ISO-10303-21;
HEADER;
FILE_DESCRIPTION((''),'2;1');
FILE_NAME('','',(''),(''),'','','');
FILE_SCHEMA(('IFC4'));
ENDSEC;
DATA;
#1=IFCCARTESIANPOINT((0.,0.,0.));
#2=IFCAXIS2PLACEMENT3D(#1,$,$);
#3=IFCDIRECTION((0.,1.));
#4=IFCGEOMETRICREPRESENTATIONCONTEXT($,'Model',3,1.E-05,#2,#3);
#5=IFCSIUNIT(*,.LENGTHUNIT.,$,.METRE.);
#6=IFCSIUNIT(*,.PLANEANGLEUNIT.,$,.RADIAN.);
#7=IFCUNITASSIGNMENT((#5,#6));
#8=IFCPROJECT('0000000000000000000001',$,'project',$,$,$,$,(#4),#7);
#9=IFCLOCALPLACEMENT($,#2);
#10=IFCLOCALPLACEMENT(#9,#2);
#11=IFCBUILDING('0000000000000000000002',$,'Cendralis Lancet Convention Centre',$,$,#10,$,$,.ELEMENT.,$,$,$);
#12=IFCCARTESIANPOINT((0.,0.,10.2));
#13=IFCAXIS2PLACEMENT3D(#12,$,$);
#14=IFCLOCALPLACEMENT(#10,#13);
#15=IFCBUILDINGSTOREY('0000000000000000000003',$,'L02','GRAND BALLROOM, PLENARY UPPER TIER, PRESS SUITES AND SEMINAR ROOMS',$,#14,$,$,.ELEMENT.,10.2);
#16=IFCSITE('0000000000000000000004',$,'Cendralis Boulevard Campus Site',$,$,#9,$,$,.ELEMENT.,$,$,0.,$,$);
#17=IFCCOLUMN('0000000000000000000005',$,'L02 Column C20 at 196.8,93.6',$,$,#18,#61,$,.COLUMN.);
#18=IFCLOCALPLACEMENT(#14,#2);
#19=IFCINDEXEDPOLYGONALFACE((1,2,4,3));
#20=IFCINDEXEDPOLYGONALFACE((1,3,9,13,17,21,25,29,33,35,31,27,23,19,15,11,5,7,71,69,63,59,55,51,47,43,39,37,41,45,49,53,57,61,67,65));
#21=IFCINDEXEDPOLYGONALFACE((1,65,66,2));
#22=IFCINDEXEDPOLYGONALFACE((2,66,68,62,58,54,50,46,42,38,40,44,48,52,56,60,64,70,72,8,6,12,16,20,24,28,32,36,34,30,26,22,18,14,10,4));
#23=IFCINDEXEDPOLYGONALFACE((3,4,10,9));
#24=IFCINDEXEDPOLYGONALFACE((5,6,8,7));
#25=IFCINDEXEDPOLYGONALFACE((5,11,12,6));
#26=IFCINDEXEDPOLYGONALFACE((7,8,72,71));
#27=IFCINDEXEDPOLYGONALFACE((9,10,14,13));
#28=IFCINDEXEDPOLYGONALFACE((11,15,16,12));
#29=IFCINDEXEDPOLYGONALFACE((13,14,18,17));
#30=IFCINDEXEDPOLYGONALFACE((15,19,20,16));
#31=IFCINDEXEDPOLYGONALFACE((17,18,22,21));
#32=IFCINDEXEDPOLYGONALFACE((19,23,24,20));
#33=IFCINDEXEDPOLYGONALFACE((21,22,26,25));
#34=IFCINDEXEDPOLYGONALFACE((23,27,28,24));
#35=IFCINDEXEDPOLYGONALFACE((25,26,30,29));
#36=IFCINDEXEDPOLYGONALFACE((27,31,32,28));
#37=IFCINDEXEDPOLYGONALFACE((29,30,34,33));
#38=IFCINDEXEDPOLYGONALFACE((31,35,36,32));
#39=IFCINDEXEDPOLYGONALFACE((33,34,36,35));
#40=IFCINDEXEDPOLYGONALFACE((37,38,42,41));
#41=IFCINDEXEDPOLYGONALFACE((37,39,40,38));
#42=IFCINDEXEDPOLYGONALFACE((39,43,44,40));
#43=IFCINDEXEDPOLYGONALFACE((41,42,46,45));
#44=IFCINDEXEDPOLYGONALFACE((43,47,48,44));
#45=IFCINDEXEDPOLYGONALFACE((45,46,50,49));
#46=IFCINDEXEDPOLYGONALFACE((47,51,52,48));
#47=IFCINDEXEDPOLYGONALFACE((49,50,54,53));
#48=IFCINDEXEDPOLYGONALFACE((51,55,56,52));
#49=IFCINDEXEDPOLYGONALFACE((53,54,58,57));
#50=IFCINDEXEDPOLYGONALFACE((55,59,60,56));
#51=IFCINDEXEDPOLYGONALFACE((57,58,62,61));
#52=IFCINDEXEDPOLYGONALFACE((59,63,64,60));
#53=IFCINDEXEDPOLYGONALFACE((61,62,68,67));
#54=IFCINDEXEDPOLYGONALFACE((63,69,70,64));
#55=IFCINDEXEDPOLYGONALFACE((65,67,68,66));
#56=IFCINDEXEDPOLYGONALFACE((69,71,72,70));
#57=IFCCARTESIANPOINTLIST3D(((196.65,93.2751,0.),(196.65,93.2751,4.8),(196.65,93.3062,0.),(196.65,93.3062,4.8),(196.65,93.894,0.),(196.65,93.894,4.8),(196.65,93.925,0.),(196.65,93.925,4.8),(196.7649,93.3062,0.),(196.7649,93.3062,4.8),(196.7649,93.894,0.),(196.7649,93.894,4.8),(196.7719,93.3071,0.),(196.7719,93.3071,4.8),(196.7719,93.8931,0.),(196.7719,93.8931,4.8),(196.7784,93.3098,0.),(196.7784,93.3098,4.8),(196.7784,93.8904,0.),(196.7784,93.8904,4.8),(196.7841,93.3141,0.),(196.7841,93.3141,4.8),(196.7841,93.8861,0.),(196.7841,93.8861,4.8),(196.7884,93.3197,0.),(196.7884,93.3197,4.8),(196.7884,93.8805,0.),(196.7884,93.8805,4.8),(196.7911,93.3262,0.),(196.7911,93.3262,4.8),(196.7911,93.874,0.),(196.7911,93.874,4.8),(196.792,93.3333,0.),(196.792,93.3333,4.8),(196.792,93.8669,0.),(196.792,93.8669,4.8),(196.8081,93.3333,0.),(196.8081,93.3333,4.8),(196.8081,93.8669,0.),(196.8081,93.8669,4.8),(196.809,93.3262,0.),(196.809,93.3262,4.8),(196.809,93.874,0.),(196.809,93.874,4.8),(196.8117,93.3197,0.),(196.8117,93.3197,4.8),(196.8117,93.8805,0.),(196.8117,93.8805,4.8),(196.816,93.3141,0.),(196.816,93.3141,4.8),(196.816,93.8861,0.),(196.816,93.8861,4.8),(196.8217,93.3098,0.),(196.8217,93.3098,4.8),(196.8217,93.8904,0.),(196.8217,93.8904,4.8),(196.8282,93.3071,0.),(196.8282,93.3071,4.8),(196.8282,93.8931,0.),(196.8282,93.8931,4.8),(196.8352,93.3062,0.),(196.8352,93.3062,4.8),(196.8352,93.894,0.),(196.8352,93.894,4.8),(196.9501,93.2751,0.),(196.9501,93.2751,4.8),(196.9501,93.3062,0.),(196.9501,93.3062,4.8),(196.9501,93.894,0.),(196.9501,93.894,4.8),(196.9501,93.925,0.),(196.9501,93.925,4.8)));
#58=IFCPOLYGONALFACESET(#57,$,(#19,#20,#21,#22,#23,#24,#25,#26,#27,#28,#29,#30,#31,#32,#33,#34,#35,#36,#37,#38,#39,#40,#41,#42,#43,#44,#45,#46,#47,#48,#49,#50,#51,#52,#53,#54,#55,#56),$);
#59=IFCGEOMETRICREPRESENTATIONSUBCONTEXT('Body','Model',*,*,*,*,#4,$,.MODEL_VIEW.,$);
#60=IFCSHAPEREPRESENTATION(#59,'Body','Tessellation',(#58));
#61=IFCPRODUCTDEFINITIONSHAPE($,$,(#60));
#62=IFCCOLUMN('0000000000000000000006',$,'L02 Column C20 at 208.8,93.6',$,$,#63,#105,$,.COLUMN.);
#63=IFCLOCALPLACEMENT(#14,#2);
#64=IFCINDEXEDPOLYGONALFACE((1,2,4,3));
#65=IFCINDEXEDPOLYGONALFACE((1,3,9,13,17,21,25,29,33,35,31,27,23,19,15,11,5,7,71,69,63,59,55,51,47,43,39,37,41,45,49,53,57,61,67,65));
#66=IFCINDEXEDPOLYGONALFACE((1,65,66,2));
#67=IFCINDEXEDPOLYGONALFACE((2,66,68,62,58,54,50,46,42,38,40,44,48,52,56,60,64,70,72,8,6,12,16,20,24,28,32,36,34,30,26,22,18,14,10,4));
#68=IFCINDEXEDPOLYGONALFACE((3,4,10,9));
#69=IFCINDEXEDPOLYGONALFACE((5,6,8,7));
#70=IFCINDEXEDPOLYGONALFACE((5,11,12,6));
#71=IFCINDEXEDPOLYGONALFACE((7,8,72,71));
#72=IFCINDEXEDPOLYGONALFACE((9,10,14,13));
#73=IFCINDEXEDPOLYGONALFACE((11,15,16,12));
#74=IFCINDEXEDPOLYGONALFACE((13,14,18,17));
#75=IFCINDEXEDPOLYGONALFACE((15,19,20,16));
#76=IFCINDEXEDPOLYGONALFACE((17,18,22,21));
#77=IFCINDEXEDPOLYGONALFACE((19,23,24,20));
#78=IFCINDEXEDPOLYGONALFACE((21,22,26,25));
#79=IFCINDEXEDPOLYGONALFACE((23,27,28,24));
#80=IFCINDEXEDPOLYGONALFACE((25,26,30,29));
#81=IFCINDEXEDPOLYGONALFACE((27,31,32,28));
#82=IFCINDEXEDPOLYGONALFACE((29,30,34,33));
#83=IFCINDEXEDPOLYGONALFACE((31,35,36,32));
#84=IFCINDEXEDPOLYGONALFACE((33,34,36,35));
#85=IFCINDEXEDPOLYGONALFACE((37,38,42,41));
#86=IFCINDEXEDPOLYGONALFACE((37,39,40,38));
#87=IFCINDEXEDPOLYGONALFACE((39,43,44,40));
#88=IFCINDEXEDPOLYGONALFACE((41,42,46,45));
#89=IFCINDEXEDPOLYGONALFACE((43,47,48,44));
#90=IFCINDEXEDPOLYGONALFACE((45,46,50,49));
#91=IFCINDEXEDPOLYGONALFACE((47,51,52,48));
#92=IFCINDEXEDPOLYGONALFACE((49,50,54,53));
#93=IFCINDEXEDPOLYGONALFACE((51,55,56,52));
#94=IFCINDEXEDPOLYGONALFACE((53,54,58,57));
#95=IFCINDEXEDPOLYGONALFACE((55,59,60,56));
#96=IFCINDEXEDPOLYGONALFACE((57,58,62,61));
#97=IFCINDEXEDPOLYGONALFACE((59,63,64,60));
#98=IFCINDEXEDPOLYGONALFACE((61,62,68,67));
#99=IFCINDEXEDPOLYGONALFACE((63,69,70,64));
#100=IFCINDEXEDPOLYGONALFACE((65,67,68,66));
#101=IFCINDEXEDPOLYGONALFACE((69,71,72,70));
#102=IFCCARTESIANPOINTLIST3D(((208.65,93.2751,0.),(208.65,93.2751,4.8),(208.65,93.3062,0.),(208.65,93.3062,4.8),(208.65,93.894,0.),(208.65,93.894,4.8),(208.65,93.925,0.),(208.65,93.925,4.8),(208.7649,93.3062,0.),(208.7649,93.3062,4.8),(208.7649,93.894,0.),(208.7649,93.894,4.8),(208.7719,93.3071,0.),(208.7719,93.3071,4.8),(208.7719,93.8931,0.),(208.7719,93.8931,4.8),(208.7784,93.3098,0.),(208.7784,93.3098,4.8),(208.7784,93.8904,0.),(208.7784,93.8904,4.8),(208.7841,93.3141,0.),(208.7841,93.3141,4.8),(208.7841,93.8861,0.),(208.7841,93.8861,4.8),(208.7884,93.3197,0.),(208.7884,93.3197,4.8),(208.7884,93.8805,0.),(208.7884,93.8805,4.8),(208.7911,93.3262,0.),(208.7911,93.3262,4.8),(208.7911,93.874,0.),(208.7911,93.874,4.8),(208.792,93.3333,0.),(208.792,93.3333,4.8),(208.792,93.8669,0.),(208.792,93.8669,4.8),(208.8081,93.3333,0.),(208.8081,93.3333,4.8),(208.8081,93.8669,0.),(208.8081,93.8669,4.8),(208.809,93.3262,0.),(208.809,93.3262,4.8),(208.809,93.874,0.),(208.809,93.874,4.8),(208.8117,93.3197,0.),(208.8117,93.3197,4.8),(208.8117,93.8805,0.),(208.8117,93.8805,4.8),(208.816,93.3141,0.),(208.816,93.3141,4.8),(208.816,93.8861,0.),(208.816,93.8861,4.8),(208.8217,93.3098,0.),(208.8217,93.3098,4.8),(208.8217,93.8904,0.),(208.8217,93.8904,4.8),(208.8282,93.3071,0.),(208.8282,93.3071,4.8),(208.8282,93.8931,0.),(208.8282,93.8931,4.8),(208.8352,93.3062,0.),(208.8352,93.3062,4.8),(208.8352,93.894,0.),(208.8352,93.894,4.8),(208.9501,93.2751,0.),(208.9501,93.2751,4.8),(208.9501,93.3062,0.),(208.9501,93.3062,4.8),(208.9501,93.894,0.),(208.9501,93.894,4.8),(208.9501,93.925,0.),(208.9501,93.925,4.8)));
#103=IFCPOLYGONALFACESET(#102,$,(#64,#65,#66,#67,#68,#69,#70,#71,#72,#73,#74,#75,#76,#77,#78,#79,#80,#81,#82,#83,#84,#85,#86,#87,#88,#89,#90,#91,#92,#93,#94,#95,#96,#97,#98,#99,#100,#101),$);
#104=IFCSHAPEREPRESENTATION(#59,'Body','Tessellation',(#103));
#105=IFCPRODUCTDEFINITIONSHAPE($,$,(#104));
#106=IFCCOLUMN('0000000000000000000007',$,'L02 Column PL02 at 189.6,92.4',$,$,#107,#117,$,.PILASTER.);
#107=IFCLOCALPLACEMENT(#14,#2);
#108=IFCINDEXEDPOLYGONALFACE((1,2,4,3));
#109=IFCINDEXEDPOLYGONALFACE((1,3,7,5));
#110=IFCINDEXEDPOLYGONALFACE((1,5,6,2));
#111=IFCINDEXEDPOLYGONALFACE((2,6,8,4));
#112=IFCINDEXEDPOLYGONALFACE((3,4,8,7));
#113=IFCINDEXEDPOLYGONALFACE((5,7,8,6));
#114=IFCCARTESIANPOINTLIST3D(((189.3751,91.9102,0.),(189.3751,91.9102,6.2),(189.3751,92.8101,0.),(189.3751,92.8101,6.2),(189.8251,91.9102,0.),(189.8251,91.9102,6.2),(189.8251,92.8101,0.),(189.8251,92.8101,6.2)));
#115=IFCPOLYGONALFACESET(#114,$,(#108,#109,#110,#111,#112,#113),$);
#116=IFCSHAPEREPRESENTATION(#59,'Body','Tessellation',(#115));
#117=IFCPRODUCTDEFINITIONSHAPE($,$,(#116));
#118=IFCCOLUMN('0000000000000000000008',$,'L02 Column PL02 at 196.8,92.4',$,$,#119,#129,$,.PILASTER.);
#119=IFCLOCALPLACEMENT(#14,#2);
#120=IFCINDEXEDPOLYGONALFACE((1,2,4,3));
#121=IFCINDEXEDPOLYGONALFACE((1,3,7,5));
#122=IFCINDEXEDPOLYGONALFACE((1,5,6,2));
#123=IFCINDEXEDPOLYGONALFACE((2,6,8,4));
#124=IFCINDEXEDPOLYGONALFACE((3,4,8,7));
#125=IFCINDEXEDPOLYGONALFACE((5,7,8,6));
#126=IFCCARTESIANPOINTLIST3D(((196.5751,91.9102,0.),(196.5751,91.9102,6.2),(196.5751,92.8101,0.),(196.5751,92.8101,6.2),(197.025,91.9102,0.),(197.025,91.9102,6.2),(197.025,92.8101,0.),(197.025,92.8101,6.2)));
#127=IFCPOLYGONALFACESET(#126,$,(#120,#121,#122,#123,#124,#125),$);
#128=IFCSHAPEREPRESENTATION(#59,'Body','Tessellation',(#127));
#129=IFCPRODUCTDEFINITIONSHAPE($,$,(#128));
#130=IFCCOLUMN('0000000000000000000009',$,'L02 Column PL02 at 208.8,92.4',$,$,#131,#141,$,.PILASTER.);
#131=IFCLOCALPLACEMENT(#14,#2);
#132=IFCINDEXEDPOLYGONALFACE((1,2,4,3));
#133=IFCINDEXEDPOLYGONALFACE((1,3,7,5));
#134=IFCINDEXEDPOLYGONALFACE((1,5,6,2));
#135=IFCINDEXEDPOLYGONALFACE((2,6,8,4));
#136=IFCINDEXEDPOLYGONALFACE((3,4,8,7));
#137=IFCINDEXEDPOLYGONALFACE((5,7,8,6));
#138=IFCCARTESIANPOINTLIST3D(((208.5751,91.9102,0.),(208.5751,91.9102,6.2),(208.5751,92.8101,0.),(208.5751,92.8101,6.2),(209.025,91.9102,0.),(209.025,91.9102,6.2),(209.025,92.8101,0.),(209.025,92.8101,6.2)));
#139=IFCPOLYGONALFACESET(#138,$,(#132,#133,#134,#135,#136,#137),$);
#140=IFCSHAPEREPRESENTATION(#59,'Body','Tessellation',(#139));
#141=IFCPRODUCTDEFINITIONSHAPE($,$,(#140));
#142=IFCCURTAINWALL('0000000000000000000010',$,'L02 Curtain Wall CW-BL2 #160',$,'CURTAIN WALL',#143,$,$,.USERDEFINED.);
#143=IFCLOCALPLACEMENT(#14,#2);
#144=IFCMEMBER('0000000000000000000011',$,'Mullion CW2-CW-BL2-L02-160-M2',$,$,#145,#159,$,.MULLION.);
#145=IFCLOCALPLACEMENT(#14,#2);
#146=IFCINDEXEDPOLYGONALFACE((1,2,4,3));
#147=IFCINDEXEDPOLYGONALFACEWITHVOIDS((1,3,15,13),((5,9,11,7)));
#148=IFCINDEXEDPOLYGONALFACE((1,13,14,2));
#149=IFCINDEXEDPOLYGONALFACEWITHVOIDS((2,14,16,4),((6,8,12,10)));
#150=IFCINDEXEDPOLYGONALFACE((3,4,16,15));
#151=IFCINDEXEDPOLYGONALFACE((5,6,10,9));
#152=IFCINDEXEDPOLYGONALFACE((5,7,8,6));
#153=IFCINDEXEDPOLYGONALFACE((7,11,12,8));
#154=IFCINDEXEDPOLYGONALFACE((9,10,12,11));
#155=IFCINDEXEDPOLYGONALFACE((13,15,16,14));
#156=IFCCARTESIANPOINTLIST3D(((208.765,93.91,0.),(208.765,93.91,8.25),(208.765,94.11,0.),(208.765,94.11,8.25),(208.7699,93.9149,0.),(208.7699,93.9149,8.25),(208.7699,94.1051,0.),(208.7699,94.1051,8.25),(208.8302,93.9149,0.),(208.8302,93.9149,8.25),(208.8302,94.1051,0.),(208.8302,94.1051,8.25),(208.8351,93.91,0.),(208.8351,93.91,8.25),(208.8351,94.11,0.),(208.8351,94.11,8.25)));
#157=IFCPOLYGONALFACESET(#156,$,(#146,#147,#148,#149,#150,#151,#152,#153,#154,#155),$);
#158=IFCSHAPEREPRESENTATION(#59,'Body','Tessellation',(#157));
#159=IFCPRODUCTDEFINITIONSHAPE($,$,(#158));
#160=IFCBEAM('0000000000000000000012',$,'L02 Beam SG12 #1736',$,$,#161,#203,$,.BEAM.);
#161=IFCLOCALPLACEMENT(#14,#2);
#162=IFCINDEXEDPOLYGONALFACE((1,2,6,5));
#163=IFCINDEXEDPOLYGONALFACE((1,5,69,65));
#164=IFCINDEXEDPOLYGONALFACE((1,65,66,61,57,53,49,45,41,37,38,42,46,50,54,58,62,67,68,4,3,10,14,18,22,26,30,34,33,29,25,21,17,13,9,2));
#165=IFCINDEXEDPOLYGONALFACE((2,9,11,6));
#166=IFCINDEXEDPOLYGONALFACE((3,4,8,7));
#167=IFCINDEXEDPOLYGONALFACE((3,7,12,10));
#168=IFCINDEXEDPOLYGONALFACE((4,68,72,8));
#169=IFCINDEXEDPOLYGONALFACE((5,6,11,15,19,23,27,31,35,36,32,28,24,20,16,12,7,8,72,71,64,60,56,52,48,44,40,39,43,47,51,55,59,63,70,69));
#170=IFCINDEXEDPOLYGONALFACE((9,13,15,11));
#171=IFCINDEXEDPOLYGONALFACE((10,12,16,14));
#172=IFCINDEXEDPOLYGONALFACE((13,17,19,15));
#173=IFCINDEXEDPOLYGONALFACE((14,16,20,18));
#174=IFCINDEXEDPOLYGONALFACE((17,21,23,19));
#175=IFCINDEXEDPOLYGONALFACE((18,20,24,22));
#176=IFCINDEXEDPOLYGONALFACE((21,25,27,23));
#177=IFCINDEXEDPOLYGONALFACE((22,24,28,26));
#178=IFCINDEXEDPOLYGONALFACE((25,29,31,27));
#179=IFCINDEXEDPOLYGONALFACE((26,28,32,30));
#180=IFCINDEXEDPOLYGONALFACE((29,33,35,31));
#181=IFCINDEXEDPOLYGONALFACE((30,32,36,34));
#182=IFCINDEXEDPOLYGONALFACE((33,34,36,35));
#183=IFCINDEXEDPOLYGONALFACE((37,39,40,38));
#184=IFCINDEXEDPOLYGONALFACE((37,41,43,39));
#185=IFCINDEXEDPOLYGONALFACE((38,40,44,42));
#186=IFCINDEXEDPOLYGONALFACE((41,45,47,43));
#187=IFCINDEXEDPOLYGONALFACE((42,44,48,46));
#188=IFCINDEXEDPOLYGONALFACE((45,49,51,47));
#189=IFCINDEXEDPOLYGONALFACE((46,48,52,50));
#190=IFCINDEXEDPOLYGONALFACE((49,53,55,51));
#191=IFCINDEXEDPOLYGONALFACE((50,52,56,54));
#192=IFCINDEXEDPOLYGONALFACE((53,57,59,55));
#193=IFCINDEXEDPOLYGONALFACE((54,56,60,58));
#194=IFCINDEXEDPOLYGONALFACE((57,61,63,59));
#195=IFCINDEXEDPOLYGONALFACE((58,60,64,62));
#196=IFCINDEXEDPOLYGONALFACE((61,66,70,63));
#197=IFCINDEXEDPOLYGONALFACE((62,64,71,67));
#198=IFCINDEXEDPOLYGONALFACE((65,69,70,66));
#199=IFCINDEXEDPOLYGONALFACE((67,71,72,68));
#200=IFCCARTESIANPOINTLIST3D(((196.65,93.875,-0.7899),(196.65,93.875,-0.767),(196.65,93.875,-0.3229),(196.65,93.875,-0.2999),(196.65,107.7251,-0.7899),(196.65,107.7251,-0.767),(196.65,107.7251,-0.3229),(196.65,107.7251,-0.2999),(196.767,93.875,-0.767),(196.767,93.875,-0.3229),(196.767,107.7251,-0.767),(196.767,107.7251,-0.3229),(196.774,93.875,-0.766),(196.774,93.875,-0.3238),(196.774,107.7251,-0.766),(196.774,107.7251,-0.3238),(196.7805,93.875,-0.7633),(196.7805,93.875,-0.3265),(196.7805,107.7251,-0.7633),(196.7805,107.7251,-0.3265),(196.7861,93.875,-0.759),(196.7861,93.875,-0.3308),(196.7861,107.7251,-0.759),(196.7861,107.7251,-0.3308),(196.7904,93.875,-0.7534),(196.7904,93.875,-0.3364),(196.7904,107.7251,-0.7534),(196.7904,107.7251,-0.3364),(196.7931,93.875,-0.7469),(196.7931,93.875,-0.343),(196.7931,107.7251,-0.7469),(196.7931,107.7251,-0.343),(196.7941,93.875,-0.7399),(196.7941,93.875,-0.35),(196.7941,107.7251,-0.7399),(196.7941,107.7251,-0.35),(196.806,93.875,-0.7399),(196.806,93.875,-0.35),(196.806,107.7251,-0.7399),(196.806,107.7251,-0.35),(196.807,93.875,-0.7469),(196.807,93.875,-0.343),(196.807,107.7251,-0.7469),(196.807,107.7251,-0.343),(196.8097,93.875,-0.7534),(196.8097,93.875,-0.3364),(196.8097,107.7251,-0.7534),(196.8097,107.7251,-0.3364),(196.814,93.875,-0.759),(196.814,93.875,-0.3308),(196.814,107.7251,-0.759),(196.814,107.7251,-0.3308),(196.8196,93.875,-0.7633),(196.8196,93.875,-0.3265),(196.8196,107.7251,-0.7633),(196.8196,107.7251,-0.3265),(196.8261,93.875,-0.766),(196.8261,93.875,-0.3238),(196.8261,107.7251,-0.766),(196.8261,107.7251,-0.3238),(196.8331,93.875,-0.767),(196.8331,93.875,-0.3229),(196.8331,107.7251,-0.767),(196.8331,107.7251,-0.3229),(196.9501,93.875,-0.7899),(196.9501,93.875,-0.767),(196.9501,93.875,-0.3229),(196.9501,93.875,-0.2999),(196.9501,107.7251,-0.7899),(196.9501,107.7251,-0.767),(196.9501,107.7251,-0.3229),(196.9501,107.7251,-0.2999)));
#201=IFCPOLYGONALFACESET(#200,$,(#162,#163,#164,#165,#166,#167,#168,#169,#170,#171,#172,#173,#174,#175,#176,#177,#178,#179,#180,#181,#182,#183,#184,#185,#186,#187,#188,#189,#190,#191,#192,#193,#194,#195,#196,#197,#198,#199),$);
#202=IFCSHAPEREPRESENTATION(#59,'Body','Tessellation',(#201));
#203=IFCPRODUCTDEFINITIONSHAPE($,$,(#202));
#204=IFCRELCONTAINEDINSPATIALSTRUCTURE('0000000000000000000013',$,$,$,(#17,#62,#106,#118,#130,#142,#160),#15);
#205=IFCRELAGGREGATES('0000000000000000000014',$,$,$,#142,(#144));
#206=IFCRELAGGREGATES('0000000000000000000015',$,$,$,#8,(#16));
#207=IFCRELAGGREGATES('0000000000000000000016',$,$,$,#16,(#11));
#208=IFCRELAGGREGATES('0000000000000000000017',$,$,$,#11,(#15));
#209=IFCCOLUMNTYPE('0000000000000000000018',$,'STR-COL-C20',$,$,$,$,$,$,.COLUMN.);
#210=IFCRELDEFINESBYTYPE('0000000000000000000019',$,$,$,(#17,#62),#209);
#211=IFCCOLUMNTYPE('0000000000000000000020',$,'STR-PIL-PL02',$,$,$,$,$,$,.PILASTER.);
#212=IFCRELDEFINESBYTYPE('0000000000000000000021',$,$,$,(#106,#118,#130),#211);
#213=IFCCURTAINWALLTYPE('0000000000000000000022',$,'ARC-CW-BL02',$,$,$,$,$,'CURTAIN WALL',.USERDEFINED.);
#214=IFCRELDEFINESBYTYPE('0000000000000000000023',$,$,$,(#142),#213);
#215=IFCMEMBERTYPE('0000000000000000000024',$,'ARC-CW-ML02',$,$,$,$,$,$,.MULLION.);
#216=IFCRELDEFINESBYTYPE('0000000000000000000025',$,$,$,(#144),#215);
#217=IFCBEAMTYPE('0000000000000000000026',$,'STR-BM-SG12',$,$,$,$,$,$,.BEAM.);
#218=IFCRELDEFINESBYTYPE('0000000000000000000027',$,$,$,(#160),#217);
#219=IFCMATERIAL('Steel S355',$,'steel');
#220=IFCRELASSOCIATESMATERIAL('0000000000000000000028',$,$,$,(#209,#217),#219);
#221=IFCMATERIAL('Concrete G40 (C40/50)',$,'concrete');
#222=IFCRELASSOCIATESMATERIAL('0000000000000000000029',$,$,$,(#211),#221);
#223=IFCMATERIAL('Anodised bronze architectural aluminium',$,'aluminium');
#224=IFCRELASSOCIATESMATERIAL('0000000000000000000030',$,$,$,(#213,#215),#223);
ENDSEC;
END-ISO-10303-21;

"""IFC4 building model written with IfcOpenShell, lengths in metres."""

from ifc_helpers import new_model, si_unit, direction, frame, origin, origin_2d, place, context, subcontext, project, spatial, rectangle, hollow_rectangle, i_section, extrude, material, material_profile, profile_set, type_object, element, aggregate, save


model = new_model("IFC4")

# Units and contexts
model_context = context("Model", 3, precision=1e-05, world=origin(), true_north=direction((0.0, 1.0)))
body_context = subcontext(model_context, "Body", "Model", "MODEL_VIEW")
ifc_project = project(units=[si_unit("LENGTHUNIT", "METRE"), si_unit("PLANEANGLEUNIT", "RADIAN")], contexts=[model_context])

# Site, building, storey
site_placement = place(None, origin())
site = spatial("IfcSite", under=ifc_project, at=site_placement, Name="Cendralis Boulevard Campus Site", CompositionType="ELEMENT", RefElevation=0.0)
building_placement = place(site_placement, origin())
building = spatial("IfcBuilding", under=site, at=building_placement, Name="Cendralis Lancet Convention Centre", CompositionType="ELEMENT")
storey_placement = place(building_placement, frame((0.0, 0.0, 10.2)))
storey = spatial("IfcBuildingStorey", under=building, at=storey_placement, Name="L02", Description="GRAND BALLROOM, PLENARY UPPER TIER, PRESS SUITES AND SEMINAR ROOMS", CompositionType="ELEMENT", Elevation=10.2)

# Columns
ifc_material_1 = material(Name="Steel S355", Category="steel")
ifc_material_profile_1 = material_profile(ifc_material_1, i_section(OverallWidth=0.3, OverallDepth=0.6499, WebThickness=0.0161, FlangeThickness=0.031, FilletRadius=0.0271, at=origin_2d()), Name="HEB 650")
ifc_profile_set_1 = profile_set([ifc_material_profile_1], Name="Steel S355")
column_type_1 = type_object("IfcColumnType", Name="STR-COL-C20", PredefinedType="COLUMN", material=ifc_profile_set_1)
for number, where, z_axis, x_axis, name in (
    (1, (196.8, 93.6001, 0.0), (0.0, 0.0, 1.0), (1.0, 0.0, 0.0), "L02 Column C20 at 196.8,93.6"),
    (2, (208.8, 93.6001, 0.0), (0.0, 0.0, 1.0), (1.0, 0.0, 0.0), "L02 Column C20 at 208.8,93.6"),
):
    element("IfcColumn", number, at=place(storey_placement, frame(where, z_axis=z_axis, x_axis=x_axis)), inside=storey, type_object=column_type_1, Name=name, PredefinedType="COLUMN", context=body_context, shape_type="SweptSolid", body=[
        extrude(i_section(OverallWidth=0.3, OverallDepth=0.6499, WebThickness=0.0161, FlangeThickness=0.031, FilletRadius=0.0271, at=origin_2d()), origin(), (0.0, 0.0, 1.0), 4.8),
    ])
ifc_material_2 = material(Name="Concrete G40 (C40/50)", Category="concrete")
ifc_material_profile_2 = material_profile(ifc_material_2, rectangle(XDim=0.45, YDim=0.8999, at=origin_2d()), Name="RC 450x900")
ifc_profile_set_2 = profile_set([ifc_material_profile_2], Name="Concrete G40 (C40/50)")
column_type_2 = type_object("IfcColumnType", Name="STR-PIL-PL02", PredefinedType="PILASTER", material=ifc_profile_set_2)
for number, where, z_axis, x_axis, name in (
    (3, (189.6001, 92.3601, 0.0), (0.0, 0.0, 1.0), (1.0, 0.0, 0.0), "L02 Column PL02 at 189.6,92.4"),
    (4, (196.8, 92.3601, 0.0), (0.0, 0.0, 1.0), (1.0, 0.0, 0.0), "L02 Column PL02 at 196.8,92.4"),
    (5, (208.8, 92.3601, 0.0), (0.0, 0.0, 1.0), (1.0, 0.0, 0.0), "L02 Column PL02 at 208.8,92.4"),
):
    element("IfcColumn", number, at=place(storey_placement, frame(where, z_axis=z_axis, x_axis=x_axis)), inside=storey, type_object=column_type_2, Name=name, PredefinedType="PILASTER", context=body_context, shape_type="SweptSolid", body=[
        extrude(rectangle(XDim=0.45, YDim=0.8999, at=origin_2d()), origin(), (0.0, 0.0, 1.0), 6.2),
    ])

# Curtain wall, member
ifc_material_3 = material(Name="Anodised bronze architectural aluminium", Category="aluminium")
curtain_wall_type = type_object("IfcCurtainWallType", Name="ARC-CW-BL02", ElementType="CURTAIN WALL", PredefinedType="USERDEFINED", material=ifc_material_3)
curtain_wall_placement = place(storey_placement, origin())
curtain_wall = element("IfcCurtainWall", 6, at=curtain_wall_placement, inside=storey, type_object=curtain_wall_type, Name="L02 Curtain Wall CW-BL2 #160", ObjectType="CURTAIN WALL", PredefinedType="USERDEFINED")
ifc_material_profile_3 = material_profile(ifc_material_3, hollow_rectangle(XDim=0.0701, YDim=0.2, WallThickness=0.0049, at=origin_2d()), Name="AL-MULL 70x200x5.0")
ifc_profile_set_3 = profile_set([ifc_material_profile_3], Name="Anodised bronze architectural aluminium")
member_type = type_object("IfcMemberType", Name="ARC-CW-ML02", PredefinedType="MULLION", material=ifc_profile_set_3)
member_placement = place(storey_placement, frame((208.8, 94.01, 0.0), z_axis=(0.0, 0.0, 1.0), x_axis=(1.0, 0.0, 0.0)))
member = element("IfcMember", 7, at=member_placement, type_object=member_type, Name="Mullion CW2-CW-BL2-L02-160-M2", PredefinedType="MULLION", context=body_context, shape_type="SweptSolid", body=[
    extrude(hollow_rectangle(XDim=0.0701, YDim=0.2, WallThickness=0.0049, at=origin_2d()), origin(), (0.0, 0.0, 1.0), 8.25),
])

# Beam
ifc_material_profile_4 = material_profile(ifc_material_1, i_section(OverallWidth=0.3, OverallDepth=0.49, WebThickness=0.012, FlangeThickness=0.0229, FilletRadius=0.0271, at=origin_2d()), Name="HEA 500")
ifc_profile_set_4 = profile_set([ifc_material_profile_4], Name="Steel S355")
beam_type_1 = type_object("IfcBeamType", Name="STR-BM-SG12", PredefinedType="BEAM", material=ifc_profile_set_4)
beam_1_placement = place(storey_placement, frame((196.8, 93.875, -0.5449), z_axis=(0.0, 1.0, 0.0), x_axis=(-1.0, 0.0, 0.0)))
element("IfcBeam", 8, at=beam_1_placement, inside=storey, type_object=beam_type_1, Name="L02 Beam SG12 #1736", PredefinedType="BEAM", context=body_context, shape_type="SweptSolid", body=[
    extrude(i_section(OverallWidth=0.3, OverallDepth=0.49, WebThickness=0.012, FlangeThickness=0.0229, FilletRadius=0.0271, at=origin_2d()), origin(), (0.0, 0.0, 1.0), 13.8501),
])

aggregate(curtain_wall, [member])

save(model, "model.ifc")
